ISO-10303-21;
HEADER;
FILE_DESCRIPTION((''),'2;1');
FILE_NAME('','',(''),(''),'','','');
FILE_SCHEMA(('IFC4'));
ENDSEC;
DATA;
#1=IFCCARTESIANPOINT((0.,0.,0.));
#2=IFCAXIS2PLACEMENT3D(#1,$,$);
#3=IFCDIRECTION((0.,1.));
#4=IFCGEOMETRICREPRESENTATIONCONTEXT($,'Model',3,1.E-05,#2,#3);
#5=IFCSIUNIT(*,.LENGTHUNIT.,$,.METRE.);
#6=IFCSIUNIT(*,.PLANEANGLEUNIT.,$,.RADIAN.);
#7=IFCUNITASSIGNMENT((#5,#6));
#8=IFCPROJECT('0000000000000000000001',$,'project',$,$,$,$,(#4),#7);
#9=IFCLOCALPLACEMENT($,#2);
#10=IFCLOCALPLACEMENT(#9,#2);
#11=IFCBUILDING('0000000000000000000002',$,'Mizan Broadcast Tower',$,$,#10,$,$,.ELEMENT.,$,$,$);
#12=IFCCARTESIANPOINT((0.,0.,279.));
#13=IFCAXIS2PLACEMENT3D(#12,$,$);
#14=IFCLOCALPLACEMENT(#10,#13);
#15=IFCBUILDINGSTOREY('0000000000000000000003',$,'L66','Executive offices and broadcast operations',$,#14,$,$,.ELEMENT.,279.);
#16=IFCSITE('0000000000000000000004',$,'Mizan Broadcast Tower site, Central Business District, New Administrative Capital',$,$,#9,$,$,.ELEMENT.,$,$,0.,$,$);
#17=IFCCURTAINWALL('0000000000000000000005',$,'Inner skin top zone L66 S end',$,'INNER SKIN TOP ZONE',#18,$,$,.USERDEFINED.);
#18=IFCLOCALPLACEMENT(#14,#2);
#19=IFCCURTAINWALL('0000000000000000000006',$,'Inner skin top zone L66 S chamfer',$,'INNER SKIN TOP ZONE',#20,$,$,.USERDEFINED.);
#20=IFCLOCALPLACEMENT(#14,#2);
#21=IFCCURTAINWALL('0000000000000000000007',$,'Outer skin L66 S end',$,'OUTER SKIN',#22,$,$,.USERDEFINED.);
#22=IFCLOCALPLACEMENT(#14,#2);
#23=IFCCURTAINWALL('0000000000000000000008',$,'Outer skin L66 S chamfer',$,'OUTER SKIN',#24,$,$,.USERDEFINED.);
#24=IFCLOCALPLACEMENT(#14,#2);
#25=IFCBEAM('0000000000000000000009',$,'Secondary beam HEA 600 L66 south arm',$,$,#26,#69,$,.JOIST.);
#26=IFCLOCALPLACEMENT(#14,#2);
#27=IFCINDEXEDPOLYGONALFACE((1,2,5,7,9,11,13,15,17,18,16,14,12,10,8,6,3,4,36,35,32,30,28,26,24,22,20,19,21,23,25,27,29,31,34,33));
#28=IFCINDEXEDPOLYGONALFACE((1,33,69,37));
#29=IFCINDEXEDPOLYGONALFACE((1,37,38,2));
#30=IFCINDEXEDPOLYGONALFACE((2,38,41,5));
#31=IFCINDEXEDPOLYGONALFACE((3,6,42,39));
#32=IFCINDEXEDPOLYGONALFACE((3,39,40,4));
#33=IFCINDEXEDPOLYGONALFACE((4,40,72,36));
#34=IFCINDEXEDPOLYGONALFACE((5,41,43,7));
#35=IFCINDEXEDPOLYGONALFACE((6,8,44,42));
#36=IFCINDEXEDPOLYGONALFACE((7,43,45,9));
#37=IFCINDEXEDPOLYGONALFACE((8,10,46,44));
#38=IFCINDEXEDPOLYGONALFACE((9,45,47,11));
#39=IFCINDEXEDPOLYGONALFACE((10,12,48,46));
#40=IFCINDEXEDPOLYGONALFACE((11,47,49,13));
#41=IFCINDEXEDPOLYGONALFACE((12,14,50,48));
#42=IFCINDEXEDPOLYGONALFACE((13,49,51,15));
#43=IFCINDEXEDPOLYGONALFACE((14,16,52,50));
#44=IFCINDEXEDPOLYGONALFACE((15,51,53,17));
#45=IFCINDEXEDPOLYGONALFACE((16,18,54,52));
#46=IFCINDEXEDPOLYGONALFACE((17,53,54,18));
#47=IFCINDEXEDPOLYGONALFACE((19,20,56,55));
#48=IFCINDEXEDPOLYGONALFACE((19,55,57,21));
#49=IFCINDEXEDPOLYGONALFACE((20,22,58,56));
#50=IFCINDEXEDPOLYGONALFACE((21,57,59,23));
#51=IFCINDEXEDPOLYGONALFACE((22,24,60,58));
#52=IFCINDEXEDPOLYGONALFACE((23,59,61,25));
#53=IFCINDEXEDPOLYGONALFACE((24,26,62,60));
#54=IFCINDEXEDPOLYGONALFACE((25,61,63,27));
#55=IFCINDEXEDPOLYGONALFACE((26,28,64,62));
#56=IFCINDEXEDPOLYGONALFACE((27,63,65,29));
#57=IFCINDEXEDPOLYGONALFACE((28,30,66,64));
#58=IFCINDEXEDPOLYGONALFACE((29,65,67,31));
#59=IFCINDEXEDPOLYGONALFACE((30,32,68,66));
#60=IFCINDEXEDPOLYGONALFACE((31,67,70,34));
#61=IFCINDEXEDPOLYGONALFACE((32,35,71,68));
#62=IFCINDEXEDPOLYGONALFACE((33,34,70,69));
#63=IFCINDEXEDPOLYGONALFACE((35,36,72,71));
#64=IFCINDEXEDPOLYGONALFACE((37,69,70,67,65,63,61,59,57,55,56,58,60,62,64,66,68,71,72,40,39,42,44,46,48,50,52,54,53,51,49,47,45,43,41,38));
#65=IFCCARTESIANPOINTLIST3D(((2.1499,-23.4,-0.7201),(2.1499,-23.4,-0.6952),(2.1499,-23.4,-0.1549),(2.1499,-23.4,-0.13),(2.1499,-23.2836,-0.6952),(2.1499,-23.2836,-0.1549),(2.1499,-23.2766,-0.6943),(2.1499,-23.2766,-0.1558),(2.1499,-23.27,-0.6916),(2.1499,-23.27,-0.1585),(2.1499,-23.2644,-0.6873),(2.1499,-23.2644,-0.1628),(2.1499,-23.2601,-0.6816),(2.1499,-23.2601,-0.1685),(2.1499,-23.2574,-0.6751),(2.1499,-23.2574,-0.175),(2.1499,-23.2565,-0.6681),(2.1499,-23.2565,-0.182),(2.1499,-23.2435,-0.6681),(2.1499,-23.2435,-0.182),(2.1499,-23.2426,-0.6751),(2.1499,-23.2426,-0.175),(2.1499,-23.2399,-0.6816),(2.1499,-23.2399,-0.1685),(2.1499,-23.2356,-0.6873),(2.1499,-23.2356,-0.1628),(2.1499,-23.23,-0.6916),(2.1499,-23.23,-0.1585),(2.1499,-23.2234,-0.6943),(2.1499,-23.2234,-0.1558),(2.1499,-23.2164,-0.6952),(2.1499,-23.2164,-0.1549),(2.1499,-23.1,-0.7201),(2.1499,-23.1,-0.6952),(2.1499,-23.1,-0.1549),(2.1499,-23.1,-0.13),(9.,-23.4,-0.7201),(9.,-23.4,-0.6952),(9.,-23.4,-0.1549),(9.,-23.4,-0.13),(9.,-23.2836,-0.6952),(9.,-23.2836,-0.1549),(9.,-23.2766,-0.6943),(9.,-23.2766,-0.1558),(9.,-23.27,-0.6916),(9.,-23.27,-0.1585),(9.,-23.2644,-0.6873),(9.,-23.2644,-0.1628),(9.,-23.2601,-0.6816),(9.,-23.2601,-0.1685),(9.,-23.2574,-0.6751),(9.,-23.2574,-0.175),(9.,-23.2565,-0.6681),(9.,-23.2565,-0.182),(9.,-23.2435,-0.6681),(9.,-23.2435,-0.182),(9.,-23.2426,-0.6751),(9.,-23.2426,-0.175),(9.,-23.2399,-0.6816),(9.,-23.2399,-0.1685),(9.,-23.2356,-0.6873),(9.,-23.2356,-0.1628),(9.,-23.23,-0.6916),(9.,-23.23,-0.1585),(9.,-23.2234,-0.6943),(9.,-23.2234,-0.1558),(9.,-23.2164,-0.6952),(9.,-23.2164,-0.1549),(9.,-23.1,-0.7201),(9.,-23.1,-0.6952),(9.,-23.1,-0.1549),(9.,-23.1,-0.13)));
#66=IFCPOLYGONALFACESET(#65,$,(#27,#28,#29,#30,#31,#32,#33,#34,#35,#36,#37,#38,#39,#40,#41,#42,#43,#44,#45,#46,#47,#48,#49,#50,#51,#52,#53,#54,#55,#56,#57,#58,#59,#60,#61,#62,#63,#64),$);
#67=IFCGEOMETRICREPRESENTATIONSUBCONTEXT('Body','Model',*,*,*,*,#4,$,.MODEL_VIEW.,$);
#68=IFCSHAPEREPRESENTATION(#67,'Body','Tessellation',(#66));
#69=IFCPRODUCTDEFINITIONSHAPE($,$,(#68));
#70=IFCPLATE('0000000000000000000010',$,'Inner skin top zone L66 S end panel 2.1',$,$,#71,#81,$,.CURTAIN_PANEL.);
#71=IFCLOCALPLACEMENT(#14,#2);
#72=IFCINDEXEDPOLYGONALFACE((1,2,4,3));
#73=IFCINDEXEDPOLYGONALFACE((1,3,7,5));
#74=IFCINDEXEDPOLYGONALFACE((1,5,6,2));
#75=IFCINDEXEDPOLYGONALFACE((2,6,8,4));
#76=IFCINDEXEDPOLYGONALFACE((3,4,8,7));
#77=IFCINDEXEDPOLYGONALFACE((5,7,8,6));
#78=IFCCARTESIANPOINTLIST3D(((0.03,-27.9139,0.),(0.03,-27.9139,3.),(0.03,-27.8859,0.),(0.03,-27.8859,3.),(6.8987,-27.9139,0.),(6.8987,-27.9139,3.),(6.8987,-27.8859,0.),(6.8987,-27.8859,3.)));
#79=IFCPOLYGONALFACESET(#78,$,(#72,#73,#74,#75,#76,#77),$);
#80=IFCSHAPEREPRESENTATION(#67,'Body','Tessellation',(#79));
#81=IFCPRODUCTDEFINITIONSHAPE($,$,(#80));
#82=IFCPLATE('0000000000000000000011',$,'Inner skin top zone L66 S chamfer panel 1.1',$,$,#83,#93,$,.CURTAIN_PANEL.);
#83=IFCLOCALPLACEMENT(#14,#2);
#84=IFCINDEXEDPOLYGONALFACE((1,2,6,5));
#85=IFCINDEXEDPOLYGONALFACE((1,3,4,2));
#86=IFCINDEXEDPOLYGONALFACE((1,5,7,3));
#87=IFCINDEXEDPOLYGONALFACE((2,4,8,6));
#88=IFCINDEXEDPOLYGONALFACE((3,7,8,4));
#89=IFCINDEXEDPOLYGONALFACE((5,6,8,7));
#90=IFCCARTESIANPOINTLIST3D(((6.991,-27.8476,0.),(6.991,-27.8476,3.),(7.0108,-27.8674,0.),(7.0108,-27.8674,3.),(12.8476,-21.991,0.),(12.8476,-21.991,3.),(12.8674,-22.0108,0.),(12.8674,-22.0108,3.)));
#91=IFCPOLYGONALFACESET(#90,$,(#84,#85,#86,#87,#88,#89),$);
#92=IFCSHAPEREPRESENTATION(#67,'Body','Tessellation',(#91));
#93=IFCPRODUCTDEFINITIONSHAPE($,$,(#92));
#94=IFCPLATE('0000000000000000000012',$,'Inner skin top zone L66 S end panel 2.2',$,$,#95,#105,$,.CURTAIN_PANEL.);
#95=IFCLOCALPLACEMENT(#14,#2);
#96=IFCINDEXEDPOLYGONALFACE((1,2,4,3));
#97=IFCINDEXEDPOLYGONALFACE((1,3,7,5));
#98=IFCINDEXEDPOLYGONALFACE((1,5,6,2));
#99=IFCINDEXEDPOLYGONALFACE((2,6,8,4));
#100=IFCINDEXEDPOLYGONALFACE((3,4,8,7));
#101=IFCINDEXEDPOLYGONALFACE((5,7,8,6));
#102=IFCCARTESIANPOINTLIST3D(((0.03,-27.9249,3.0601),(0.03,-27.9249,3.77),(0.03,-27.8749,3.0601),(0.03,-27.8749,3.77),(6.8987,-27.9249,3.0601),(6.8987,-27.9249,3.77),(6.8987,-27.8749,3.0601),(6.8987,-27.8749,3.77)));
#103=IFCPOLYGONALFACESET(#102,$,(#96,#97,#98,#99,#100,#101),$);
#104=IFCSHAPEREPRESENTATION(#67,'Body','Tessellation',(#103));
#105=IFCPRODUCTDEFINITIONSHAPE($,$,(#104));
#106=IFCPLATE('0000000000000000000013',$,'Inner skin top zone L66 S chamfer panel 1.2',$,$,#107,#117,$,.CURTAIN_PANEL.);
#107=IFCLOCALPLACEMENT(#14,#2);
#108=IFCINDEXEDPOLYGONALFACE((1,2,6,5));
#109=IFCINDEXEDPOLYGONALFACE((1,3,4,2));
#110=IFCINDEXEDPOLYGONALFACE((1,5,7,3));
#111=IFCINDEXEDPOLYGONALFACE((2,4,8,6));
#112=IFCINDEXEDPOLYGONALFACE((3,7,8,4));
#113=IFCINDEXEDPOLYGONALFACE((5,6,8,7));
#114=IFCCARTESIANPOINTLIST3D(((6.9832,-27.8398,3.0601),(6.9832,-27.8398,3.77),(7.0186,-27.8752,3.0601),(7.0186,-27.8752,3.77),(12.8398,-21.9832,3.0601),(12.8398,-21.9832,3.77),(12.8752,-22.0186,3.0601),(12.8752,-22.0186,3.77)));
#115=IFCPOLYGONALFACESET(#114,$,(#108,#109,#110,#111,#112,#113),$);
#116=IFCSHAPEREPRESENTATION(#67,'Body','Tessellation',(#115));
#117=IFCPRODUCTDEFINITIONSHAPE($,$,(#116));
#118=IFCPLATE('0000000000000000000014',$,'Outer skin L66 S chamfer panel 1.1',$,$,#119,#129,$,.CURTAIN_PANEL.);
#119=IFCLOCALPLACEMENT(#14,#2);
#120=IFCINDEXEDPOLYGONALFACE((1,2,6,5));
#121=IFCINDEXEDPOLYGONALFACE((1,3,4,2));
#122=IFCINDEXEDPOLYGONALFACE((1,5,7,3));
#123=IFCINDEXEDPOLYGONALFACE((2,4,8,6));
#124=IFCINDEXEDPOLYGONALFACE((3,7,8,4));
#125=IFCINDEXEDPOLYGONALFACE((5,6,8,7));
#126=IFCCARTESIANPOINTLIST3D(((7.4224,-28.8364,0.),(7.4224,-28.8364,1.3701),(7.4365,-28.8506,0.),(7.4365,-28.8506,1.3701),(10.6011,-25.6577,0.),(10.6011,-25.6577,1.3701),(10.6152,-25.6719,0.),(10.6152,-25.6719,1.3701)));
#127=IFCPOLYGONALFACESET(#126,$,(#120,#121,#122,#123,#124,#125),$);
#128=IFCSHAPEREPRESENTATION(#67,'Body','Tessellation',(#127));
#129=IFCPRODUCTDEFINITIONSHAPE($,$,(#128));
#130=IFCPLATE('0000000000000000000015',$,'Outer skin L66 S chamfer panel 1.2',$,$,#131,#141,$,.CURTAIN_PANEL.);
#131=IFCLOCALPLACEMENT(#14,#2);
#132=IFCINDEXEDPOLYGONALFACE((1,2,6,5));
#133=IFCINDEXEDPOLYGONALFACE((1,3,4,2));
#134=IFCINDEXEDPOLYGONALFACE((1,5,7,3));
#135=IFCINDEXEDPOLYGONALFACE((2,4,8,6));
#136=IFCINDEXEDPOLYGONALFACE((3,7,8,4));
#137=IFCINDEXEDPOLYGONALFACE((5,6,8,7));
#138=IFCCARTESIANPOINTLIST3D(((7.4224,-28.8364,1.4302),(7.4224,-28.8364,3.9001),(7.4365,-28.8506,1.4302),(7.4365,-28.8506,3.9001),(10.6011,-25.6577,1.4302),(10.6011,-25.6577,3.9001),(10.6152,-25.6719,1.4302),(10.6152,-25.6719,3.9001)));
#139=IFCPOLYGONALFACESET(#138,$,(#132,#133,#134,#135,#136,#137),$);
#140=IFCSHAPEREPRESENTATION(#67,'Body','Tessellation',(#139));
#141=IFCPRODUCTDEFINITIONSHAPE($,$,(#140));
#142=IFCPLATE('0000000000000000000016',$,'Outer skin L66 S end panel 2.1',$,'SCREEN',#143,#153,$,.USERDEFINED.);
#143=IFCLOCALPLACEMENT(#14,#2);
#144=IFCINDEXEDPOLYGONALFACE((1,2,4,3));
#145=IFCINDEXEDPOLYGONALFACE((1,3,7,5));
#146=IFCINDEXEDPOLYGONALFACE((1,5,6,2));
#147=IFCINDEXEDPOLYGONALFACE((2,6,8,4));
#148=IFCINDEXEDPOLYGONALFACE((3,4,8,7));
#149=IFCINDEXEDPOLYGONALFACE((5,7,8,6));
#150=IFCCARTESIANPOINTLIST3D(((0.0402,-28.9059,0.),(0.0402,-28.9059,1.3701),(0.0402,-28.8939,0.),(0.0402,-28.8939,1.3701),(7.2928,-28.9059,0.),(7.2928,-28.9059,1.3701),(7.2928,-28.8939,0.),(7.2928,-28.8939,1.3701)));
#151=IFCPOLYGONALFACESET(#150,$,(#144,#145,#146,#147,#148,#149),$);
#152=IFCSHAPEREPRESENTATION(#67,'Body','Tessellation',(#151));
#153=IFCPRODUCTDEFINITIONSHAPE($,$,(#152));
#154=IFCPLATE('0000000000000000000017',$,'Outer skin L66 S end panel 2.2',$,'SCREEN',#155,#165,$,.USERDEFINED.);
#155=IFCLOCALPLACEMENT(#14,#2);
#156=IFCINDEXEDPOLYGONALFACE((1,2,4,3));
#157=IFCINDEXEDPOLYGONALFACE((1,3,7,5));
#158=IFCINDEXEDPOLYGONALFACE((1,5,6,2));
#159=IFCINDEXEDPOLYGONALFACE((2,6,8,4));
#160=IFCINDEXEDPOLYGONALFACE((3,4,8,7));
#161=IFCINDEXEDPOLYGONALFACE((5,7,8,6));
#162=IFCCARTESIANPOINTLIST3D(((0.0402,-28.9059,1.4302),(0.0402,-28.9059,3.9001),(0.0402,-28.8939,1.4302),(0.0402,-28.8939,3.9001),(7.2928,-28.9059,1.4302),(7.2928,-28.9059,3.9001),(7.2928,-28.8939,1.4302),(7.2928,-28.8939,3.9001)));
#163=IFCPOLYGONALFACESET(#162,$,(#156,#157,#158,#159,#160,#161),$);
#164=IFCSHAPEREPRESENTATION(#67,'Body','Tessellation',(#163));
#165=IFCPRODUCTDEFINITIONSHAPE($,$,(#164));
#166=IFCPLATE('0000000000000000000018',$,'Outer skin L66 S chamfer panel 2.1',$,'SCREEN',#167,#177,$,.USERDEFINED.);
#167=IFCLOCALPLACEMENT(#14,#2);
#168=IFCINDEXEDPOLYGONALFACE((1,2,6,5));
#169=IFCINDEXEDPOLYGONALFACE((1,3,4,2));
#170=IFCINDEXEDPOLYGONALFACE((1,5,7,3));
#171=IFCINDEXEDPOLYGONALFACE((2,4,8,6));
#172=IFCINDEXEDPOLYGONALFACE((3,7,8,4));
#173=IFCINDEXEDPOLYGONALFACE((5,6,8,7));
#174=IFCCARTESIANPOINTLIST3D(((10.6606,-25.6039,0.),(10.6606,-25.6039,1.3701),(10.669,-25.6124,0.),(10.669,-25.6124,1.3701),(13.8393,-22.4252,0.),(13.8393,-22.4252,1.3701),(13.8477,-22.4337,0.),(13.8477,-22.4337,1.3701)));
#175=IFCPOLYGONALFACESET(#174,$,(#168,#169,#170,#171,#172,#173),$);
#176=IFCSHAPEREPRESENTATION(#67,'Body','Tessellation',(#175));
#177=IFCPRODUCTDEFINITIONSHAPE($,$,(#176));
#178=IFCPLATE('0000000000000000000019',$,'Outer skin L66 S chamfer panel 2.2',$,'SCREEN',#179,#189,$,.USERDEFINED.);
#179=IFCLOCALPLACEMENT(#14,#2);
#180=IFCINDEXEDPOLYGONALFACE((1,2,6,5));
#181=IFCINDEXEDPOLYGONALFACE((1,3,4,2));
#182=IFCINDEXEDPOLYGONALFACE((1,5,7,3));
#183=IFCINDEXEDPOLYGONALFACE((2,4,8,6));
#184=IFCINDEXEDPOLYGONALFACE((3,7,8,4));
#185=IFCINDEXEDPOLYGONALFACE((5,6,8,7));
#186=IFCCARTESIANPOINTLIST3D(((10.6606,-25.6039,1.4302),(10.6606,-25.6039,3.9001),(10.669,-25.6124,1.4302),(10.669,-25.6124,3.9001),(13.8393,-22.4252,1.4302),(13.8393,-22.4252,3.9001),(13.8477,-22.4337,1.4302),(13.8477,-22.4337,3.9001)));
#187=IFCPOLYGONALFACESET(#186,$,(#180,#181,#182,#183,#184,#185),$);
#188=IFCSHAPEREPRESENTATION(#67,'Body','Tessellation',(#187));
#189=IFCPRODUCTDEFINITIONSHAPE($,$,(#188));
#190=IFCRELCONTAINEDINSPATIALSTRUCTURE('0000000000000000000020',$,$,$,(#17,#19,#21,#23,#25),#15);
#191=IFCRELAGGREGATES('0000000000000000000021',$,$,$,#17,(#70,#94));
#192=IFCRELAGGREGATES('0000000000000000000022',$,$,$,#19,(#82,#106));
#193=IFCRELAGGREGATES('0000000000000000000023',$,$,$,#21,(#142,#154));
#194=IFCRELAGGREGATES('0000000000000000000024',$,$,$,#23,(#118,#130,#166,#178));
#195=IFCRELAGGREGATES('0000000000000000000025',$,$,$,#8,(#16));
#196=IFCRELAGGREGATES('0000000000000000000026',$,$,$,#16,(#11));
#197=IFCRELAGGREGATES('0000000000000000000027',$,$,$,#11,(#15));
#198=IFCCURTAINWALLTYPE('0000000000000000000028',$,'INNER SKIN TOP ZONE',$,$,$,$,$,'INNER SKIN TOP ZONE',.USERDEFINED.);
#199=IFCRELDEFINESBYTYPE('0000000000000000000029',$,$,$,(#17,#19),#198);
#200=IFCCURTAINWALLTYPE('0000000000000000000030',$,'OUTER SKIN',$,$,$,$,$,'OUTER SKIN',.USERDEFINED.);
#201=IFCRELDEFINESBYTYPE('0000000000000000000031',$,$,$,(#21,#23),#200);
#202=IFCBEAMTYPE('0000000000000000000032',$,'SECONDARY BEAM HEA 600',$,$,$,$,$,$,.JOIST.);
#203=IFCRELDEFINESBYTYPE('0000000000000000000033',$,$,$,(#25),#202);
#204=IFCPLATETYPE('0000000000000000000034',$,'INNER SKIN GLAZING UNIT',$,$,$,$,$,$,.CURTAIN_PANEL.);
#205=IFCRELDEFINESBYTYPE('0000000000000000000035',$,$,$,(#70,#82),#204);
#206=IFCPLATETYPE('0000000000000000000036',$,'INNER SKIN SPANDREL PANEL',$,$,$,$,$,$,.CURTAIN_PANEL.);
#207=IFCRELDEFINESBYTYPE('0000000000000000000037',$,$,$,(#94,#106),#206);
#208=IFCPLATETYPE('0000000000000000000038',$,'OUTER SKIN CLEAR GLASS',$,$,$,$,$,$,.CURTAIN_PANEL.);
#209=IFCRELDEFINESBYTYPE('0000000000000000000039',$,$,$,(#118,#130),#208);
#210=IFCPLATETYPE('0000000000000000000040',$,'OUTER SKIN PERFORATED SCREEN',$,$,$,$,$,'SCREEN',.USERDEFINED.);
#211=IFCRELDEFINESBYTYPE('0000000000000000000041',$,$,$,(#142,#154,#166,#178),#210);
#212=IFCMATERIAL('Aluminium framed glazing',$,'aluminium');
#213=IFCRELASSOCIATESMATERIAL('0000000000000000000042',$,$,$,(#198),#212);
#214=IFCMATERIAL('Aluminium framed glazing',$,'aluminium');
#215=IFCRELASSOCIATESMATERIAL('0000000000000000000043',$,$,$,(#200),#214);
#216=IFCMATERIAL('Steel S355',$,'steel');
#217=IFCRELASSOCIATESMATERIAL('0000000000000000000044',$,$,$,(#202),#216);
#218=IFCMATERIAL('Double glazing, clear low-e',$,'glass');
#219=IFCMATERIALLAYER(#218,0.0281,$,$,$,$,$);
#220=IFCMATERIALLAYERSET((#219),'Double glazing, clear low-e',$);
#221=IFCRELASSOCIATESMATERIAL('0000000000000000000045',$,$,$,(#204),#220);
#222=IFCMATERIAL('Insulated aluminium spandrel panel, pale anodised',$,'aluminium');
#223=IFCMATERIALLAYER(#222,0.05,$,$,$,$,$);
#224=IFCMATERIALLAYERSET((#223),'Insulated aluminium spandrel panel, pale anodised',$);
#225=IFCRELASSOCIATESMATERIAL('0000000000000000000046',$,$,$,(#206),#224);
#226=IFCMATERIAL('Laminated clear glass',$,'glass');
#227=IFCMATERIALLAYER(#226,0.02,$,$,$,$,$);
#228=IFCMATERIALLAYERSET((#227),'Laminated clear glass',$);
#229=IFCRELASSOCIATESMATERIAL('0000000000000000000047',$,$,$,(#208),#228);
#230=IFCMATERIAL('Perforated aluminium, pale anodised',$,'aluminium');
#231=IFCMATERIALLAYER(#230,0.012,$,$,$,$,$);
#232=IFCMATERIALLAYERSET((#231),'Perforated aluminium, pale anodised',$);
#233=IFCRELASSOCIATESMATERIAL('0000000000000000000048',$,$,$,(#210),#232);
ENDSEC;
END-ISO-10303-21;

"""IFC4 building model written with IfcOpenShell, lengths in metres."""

from ifc_helpers import new_model, si_unit, direction, frame, origin, origin_2d, place, context, subcontext, project, spatial, rectangle, i_section, extrude, material, layer, layer_set, material_profile, profile_set, type_object, element, aggregate, save


model = new_model("IFC4")

# Units and contexts
model_context = context("Model", 3, precision=1e-05, world=origin(), true_north=direction((0.0, 1.0)))
body_context = subcontext(model_context, "Body", "Model", "MODEL_VIEW")
ifc_project = project(units=[si_unit("LENGTHUNIT", "METRE"), si_unit("PLANEANGLEUNIT", "RADIAN")], contexts=[model_context])

# Site, building, storey
site_placement = place(None, origin())
site = spatial("IfcSite", under=ifc_project, at=site_placement, Name="Mizan Broadcast Tower site, Central Business District, New Administrative Capital", CompositionType="ELEMENT", RefElevation=0.0)
building_placement = place(site_placement, origin())
building = spatial("IfcBuilding", under=site, at=building_placement, Name="Mizan Broadcast Tower", CompositionType="ELEMENT")
storey_placement = place(building_placement, frame((0.0, 0.0, 279.0)))
storey = spatial("IfcBuildingStorey", under=building, at=storey_placement, Name="L66", Description="Executive offices and broadcast operations", CompositionType="ELEMENT", Elevation=279.0)

# Curtain walls
ifc_material_1 = material(Name="Aluminium framed glazing", Category="aluminium")
curtain_wall_type_1 = type_object("IfcCurtainWallType", Name="INNER SKIN TOP ZONE", ElementType="INNER SKIN TOP ZONE", PredefinedType="USERDEFINED", material=ifc_material_1)
curtain_wall_1_placement = place(storey_placement, origin())
curtain_wall_1 = element("IfcCurtainWall", 1, at=curtain_wall_1_placement, inside=storey, type_object=curtain_wall_type_1, Name="Inner skin top zone L66 S end", ObjectType="INNER SKIN TOP ZONE", PredefinedType="USERDEFINED")
curtain_wall_2_placement = place(storey_placement, origin())
curtain_wall_2 = element("IfcCurtainWall", 2, at=curtain_wall_2_placement, inside=storey, type_object=curtain_wall_type_1, Name="Inner skin top zone L66 S chamfer", ObjectType="INNER SKIN TOP ZONE", PredefinedType="USERDEFINED")

# Curtain walls
ifc_material_2 = material(Name="Aluminium framed glazing", Category="aluminium")
curtain_wall_type_2 = type_object("IfcCurtainWallType", Name="OUTER SKIN", ElementType="OUTER SKIN", PredefinedType="USERDEFINED", material=ifc_material_2)
curtain_wall_3_placement = place(storey_placement, origin())
curtain_wall_3 = element("IfcCurtainWall", 3, at=curtain_wall_3_placement, inside=storey, type_object=curtain_wall_type_2, Name="Outer skin L66 S end", ObjectType="OUTER SKIN", PredefinedType="USERDEFINED")
curtain_wall_4_placement = place(storey_placement, origin())
curtain_wall_4 = element("IfcCurtainWall", 4, at=curtain_wall_4_placement, inside=storey, type_object=curtain_wall_type_2, Name="Outer skin L66 S chamfer", ObjectType="OUTER SKIN", PredefinedType="USERDEFINED")

# Beam
ifc_material_3 = material(Name="Steel S355", Category="steel")
ifc_material_profile_1 = material_profile(ifc_material_3, i_section(OverallWidth=0.3, OverallDepth=0.5901, WebThickness=0.0129, FlangeThickness=0.0249, FilletRadius=0.0271, at=origin_2d()), Name="HEA 600")
ifc_profile_set_1 = profile_set([ifc_material_profile_1], Name="Steel S355")
beam_type_1 = type_object("IfcBeamType", Name="SECONDARY BEAM HEA 600", PredefinedType="JOIST", material=ifc_profile_set_1)
beam_1_placement = place(storey_placement, frame((9.0, -23.25, -0.425), z_axis=(-1.0, 0.0, 0.0), x_axis=(0.0, -1.0, 0.0)))
element("IfcBeam", 5, at=beam_1_placement, inside=storey, type_object=beam_type_1, Name="Secondary beam HEA 600 L66 south arm", PredefinedType="JOIST", context=body_context, shape_type="SweptSolid", body=[
    extrude(i_section(OverallWidth=0.3, OverallDepth=0.5901, WebThickness=0.0129, FlangeThickness=0.0249, FilletRadius=0.0271, at=origin_2d()), origin(), (0.0, 0.0, 1.0), 6.8501),
])

# Plates
ifc_material_4 = material(Name="Double glazing, clear low-e", Category="glass")
ifc_layer_1 = layer(ifc_material_4, 0.0281)
ifc_layer_set_1 = layer_set([ifc_layer_1], Name="Double glazing, clear low-e")
plate_type_1 = type_object("IfcPlateType", Name="INNER SKIN GLAZING UNIT", PredefinedType="CURTAIN_PANEL", material=ifc_layer_set_1)
plate_1_placement = place(storey_placement, frame((3.4644, -27.8999, 0.0), z_axis=(0.0, 0.0, 1.0), x_axis=(1.0, 0.0, 0.0)))
plate_1 = element("IfcPlate", 6, at=plate_1_placement, type_object=plate_type_1, Name="Inner skin top zone L66 S end panel 2.1", PredefinedType="CURTAIN_PANEL", context=body_context, shape_type="SweptSolid", body=[
    extrude(rectangle(XDim=6.8687, YDim=0.0281, at=origin_2d()), origin(), (0.0, 0.0, 1.0), 3.0),
])
plate_2_placement = place(storey_placement, frame((9.9292, -24.9292, 0.0), z_axis=(0.0, 0.0, 1.0), x_axis=(0.707107, 0.707107, 0.0)))
plate_2 = element("IfcPlate", 7, at=plate_2_placement, type_object=plate_type_1, Name="Inner skin top zone L66 S chamfer panel 1.1", PredefinedType="CURTAIN_PANEL", context=body_context, shape_type="SweptSolid", body=[
    extrude(rectangle(XDim=8.2825, YDim=0.0281, at=origin_2d()), origin(), (0.0, 0.0, 1.0), 3.0),
])
ifc_material_5 = material(Name="Insulated aluminium spandrel panel, pale anodised", Category="aluminium")
ifc_layer_2 = layer(ifc_material_5, 0.05)
ifc_layer_set_2 = layer_set([ifc_layer_2], Name="Insulated aluminium spandrel panel, pale anodised")
plate_type_2 = type_object("IfcPlateType", Name="INNER SKIN SPANDREL PANEL", PredefinedType="CURTAIN_PANEL", material=ifc_layer_set_2)
plate_3_placement = place(storey_placement, frame((3.4644, -27.8999, 3.0601), z_axis=(0.0, 0.0, 1.0), x_axis=(1.0, 0.0, 0.0)))
plate_3 = element("IfcPlate", 8, at=plate_3_placement, type_object=plate_type_2, Name="Inner skin top zone L66 S end panel 2.2", PredefinedType="CURTAIN_PANEL", context=body_context, shape_type="SweptSolid", body=[
    extrude(rectangle(XDim=6.8687, YDim=0.05, at=origin_2d()), origin(), (0.0, 0.0, 1.0), 0.71),
])
aggregate(curtain_wall_1, [plate_1, plate_3])
plate_4_placement = place(storey_placement, frame((9.9292, -24.9292, 3.0601), z_axis=(0.0, 0.0, 1.0), x_axis=(0.707107, 0.707107, 0.0)))
plate_4 = element("IfcPlate", 9, at=plate_4_placement, type_object=plate_type_2, Name="Inner skin top zone L66 S chamfer panel 1.2", PredefinedType="CURTAIN_PANEL", context=body_context, shape_type="SweptSolid", body=[
    extrude(rectangle(XDim=8.2825, YDim=0.05, at=origin_2d()), origin(), (0.0, 0.0, 1.0), 0.71),
])
aggregate(curtain_wall_2, [plate_2, plate_4])
ifc_material_6 = material(Name="Laminated clear glass", Category="glass")
ifc_layer_3 = layer(ifc_material_6, 0.02)
ifc_layer_set_3 = layer_set([ifc_layer_3], Name="Laminated clear glass")
plate_type_3 = type_object("IfcPlateType", Name="OUTER SKIN CLEAR GLASS", PredefinedType="CURTAIN_PANEL", material=ifc_layer_set_3)
plate_5_placement = place(storey_placement, frame((9.0188, -27.2542, 0.0), z_axis=(0.0, 0.0, 1.0), x_axis=(0.707107, 0.707107, 0.0)))
plate_5 = element("IfcPlate", 10, at=plate_5_placement, type_object=plate_type_3, Name="Outer skin L66 S chamfer panel 1.1", PredefinedType="CURTAIN_PANEL", context=body_context, shape_type="SweptSolid", body=[
    extrude(rectangle(XDim=4.4954, YDim=0.02, at=origin_2d()), origin(), (0.0, 0.0, 1.0), 1.3701),
])
plate_6_placement = place(storey_placement, frame((9.0188, -27.2542, 1.4302), z_axis=(0.0, 0.0, 1.0), x_axis=(0.707107, 0.707107, 0.0)))
plate_6 = element("IfcPlate", 11, at=plate_6_placement, type_object=plate_type_3, Name="Outer skin L66 S chamfer panel 1.2", PredefinedType="CURTAIN_PANEL", context=body_context, shape_type="SweptSolid", body=[
    extrude(rectangle(XDim=4.4954, YDim=0.02, at=origin_2d()), origin(), (0.0, 0.0, 1.0), 2.47),
])
ifc_material_7 = material(Name="Perforated aluminium, pale anodised", Category="aluminium")
ifc_layer_4 = layer(ifc_material_7, 0.012)
ifc_layer_set_4 = layer_set([ifc_layer_4], Name="Perforated aluminium, pale anodised")
plate_type_4 = type_object("IfcPlateType", Name="OUTER SKIN PERFORATED SCREEN", ElementType="SCREEN", PredefinedType="USERDEFINED", material=ifc_layer_set_4)
plate_7_placement = place(storey_placement, frame((3.6665, -28.8999, 0.0), z_axis=(0.0, 0.0, 1.0), x_axis=(1.0, 0.0, 0.0)))
plate_7 = element("IfcPlate", 12, at=plate_7_placement, type_object=plate_type_4, Name="Outer skin L66 S end panel 2.1", ObjectType="SCREEN", PredefinedType="USERDEFINED", context=body_context, shape_type="SweptSolid", body=[
    extrude(rectangle(XDim=7.2527, YDim=0.012, at=origin_2d()), origin(), (0.0, 0.0, 1.0), 1.3701),
])
plate_8_placement = place(storey_placement, frame((3.6665, -28.8999, 1.4302), z_axis=(0.0, 0.0, 1.0), x_axis=(1.0, 0.0, 0.0)))
plate_8 = element("IfcPlate", 13, at=plate_8_placement, type_object=plate_type_4, Name="Outer skin L66 S end panel 2.2", ObjectType="SCREEN", PredefinedType="USERDEFINED", context=body_context, shape_type="SweptSolid", body=[
    extrude(rectangle(XDim=7.2527, YDim=0.012, at=origin_2d()), origin(), (0.0, 0.0, 1.0), 2.47),
])
aggregate(curtain_wall_3, [plate_7, plate_8])
plate_9_placement = place(storey_placement, frame((12.2542, -24.0188, 0.0), z_axis=(0.0, 0.0, 1.0), x_axis=(0.707107, 0.707107, 0.0)))
plate_9 = element("IfcPlate", 14, at=plate_9_placement, type_object=plate_type_4, Name="Outer skin L66 S chamfer panel 2.1", ObjectType="SCREEN", PredefinedType="USERDEFINED", context=body_context, shape_type="SweptSolid", body=[
    extrude(rectangle(XDim=4.4954, YDim=0.012, at=origin_2d()), origin(), (0.0, 0.0, 1.0), 1.3701),
])
plate_10_placement = place(storey_placement, frame((12.2542, -24.0188, 1.4302), z_axis=(0.0, 0.0, 1.0), x_axis=(0.707107, 0.707107, 0.0)))
plate_10 = element("IfcPlate", 15, at=plate_10_placement, type_object=plate_type_4, Name="Outer skin L66 S chamfer panel 2.2", ObjectType="SCREEN", PredefinedType="USERDEFINED", context=body_context, shape_type="SweptSolid", body=[
    extrude(rectangle(XDim=4.4954, YDim=0.012, at=origin_2d()), origin(), (0.0, 0.0, 1.0), 2.47),
])
aggregate(curtain_wall_4, [plate_5, plate_6, plate_9, plate_10])

save(model, "model.ifc")
